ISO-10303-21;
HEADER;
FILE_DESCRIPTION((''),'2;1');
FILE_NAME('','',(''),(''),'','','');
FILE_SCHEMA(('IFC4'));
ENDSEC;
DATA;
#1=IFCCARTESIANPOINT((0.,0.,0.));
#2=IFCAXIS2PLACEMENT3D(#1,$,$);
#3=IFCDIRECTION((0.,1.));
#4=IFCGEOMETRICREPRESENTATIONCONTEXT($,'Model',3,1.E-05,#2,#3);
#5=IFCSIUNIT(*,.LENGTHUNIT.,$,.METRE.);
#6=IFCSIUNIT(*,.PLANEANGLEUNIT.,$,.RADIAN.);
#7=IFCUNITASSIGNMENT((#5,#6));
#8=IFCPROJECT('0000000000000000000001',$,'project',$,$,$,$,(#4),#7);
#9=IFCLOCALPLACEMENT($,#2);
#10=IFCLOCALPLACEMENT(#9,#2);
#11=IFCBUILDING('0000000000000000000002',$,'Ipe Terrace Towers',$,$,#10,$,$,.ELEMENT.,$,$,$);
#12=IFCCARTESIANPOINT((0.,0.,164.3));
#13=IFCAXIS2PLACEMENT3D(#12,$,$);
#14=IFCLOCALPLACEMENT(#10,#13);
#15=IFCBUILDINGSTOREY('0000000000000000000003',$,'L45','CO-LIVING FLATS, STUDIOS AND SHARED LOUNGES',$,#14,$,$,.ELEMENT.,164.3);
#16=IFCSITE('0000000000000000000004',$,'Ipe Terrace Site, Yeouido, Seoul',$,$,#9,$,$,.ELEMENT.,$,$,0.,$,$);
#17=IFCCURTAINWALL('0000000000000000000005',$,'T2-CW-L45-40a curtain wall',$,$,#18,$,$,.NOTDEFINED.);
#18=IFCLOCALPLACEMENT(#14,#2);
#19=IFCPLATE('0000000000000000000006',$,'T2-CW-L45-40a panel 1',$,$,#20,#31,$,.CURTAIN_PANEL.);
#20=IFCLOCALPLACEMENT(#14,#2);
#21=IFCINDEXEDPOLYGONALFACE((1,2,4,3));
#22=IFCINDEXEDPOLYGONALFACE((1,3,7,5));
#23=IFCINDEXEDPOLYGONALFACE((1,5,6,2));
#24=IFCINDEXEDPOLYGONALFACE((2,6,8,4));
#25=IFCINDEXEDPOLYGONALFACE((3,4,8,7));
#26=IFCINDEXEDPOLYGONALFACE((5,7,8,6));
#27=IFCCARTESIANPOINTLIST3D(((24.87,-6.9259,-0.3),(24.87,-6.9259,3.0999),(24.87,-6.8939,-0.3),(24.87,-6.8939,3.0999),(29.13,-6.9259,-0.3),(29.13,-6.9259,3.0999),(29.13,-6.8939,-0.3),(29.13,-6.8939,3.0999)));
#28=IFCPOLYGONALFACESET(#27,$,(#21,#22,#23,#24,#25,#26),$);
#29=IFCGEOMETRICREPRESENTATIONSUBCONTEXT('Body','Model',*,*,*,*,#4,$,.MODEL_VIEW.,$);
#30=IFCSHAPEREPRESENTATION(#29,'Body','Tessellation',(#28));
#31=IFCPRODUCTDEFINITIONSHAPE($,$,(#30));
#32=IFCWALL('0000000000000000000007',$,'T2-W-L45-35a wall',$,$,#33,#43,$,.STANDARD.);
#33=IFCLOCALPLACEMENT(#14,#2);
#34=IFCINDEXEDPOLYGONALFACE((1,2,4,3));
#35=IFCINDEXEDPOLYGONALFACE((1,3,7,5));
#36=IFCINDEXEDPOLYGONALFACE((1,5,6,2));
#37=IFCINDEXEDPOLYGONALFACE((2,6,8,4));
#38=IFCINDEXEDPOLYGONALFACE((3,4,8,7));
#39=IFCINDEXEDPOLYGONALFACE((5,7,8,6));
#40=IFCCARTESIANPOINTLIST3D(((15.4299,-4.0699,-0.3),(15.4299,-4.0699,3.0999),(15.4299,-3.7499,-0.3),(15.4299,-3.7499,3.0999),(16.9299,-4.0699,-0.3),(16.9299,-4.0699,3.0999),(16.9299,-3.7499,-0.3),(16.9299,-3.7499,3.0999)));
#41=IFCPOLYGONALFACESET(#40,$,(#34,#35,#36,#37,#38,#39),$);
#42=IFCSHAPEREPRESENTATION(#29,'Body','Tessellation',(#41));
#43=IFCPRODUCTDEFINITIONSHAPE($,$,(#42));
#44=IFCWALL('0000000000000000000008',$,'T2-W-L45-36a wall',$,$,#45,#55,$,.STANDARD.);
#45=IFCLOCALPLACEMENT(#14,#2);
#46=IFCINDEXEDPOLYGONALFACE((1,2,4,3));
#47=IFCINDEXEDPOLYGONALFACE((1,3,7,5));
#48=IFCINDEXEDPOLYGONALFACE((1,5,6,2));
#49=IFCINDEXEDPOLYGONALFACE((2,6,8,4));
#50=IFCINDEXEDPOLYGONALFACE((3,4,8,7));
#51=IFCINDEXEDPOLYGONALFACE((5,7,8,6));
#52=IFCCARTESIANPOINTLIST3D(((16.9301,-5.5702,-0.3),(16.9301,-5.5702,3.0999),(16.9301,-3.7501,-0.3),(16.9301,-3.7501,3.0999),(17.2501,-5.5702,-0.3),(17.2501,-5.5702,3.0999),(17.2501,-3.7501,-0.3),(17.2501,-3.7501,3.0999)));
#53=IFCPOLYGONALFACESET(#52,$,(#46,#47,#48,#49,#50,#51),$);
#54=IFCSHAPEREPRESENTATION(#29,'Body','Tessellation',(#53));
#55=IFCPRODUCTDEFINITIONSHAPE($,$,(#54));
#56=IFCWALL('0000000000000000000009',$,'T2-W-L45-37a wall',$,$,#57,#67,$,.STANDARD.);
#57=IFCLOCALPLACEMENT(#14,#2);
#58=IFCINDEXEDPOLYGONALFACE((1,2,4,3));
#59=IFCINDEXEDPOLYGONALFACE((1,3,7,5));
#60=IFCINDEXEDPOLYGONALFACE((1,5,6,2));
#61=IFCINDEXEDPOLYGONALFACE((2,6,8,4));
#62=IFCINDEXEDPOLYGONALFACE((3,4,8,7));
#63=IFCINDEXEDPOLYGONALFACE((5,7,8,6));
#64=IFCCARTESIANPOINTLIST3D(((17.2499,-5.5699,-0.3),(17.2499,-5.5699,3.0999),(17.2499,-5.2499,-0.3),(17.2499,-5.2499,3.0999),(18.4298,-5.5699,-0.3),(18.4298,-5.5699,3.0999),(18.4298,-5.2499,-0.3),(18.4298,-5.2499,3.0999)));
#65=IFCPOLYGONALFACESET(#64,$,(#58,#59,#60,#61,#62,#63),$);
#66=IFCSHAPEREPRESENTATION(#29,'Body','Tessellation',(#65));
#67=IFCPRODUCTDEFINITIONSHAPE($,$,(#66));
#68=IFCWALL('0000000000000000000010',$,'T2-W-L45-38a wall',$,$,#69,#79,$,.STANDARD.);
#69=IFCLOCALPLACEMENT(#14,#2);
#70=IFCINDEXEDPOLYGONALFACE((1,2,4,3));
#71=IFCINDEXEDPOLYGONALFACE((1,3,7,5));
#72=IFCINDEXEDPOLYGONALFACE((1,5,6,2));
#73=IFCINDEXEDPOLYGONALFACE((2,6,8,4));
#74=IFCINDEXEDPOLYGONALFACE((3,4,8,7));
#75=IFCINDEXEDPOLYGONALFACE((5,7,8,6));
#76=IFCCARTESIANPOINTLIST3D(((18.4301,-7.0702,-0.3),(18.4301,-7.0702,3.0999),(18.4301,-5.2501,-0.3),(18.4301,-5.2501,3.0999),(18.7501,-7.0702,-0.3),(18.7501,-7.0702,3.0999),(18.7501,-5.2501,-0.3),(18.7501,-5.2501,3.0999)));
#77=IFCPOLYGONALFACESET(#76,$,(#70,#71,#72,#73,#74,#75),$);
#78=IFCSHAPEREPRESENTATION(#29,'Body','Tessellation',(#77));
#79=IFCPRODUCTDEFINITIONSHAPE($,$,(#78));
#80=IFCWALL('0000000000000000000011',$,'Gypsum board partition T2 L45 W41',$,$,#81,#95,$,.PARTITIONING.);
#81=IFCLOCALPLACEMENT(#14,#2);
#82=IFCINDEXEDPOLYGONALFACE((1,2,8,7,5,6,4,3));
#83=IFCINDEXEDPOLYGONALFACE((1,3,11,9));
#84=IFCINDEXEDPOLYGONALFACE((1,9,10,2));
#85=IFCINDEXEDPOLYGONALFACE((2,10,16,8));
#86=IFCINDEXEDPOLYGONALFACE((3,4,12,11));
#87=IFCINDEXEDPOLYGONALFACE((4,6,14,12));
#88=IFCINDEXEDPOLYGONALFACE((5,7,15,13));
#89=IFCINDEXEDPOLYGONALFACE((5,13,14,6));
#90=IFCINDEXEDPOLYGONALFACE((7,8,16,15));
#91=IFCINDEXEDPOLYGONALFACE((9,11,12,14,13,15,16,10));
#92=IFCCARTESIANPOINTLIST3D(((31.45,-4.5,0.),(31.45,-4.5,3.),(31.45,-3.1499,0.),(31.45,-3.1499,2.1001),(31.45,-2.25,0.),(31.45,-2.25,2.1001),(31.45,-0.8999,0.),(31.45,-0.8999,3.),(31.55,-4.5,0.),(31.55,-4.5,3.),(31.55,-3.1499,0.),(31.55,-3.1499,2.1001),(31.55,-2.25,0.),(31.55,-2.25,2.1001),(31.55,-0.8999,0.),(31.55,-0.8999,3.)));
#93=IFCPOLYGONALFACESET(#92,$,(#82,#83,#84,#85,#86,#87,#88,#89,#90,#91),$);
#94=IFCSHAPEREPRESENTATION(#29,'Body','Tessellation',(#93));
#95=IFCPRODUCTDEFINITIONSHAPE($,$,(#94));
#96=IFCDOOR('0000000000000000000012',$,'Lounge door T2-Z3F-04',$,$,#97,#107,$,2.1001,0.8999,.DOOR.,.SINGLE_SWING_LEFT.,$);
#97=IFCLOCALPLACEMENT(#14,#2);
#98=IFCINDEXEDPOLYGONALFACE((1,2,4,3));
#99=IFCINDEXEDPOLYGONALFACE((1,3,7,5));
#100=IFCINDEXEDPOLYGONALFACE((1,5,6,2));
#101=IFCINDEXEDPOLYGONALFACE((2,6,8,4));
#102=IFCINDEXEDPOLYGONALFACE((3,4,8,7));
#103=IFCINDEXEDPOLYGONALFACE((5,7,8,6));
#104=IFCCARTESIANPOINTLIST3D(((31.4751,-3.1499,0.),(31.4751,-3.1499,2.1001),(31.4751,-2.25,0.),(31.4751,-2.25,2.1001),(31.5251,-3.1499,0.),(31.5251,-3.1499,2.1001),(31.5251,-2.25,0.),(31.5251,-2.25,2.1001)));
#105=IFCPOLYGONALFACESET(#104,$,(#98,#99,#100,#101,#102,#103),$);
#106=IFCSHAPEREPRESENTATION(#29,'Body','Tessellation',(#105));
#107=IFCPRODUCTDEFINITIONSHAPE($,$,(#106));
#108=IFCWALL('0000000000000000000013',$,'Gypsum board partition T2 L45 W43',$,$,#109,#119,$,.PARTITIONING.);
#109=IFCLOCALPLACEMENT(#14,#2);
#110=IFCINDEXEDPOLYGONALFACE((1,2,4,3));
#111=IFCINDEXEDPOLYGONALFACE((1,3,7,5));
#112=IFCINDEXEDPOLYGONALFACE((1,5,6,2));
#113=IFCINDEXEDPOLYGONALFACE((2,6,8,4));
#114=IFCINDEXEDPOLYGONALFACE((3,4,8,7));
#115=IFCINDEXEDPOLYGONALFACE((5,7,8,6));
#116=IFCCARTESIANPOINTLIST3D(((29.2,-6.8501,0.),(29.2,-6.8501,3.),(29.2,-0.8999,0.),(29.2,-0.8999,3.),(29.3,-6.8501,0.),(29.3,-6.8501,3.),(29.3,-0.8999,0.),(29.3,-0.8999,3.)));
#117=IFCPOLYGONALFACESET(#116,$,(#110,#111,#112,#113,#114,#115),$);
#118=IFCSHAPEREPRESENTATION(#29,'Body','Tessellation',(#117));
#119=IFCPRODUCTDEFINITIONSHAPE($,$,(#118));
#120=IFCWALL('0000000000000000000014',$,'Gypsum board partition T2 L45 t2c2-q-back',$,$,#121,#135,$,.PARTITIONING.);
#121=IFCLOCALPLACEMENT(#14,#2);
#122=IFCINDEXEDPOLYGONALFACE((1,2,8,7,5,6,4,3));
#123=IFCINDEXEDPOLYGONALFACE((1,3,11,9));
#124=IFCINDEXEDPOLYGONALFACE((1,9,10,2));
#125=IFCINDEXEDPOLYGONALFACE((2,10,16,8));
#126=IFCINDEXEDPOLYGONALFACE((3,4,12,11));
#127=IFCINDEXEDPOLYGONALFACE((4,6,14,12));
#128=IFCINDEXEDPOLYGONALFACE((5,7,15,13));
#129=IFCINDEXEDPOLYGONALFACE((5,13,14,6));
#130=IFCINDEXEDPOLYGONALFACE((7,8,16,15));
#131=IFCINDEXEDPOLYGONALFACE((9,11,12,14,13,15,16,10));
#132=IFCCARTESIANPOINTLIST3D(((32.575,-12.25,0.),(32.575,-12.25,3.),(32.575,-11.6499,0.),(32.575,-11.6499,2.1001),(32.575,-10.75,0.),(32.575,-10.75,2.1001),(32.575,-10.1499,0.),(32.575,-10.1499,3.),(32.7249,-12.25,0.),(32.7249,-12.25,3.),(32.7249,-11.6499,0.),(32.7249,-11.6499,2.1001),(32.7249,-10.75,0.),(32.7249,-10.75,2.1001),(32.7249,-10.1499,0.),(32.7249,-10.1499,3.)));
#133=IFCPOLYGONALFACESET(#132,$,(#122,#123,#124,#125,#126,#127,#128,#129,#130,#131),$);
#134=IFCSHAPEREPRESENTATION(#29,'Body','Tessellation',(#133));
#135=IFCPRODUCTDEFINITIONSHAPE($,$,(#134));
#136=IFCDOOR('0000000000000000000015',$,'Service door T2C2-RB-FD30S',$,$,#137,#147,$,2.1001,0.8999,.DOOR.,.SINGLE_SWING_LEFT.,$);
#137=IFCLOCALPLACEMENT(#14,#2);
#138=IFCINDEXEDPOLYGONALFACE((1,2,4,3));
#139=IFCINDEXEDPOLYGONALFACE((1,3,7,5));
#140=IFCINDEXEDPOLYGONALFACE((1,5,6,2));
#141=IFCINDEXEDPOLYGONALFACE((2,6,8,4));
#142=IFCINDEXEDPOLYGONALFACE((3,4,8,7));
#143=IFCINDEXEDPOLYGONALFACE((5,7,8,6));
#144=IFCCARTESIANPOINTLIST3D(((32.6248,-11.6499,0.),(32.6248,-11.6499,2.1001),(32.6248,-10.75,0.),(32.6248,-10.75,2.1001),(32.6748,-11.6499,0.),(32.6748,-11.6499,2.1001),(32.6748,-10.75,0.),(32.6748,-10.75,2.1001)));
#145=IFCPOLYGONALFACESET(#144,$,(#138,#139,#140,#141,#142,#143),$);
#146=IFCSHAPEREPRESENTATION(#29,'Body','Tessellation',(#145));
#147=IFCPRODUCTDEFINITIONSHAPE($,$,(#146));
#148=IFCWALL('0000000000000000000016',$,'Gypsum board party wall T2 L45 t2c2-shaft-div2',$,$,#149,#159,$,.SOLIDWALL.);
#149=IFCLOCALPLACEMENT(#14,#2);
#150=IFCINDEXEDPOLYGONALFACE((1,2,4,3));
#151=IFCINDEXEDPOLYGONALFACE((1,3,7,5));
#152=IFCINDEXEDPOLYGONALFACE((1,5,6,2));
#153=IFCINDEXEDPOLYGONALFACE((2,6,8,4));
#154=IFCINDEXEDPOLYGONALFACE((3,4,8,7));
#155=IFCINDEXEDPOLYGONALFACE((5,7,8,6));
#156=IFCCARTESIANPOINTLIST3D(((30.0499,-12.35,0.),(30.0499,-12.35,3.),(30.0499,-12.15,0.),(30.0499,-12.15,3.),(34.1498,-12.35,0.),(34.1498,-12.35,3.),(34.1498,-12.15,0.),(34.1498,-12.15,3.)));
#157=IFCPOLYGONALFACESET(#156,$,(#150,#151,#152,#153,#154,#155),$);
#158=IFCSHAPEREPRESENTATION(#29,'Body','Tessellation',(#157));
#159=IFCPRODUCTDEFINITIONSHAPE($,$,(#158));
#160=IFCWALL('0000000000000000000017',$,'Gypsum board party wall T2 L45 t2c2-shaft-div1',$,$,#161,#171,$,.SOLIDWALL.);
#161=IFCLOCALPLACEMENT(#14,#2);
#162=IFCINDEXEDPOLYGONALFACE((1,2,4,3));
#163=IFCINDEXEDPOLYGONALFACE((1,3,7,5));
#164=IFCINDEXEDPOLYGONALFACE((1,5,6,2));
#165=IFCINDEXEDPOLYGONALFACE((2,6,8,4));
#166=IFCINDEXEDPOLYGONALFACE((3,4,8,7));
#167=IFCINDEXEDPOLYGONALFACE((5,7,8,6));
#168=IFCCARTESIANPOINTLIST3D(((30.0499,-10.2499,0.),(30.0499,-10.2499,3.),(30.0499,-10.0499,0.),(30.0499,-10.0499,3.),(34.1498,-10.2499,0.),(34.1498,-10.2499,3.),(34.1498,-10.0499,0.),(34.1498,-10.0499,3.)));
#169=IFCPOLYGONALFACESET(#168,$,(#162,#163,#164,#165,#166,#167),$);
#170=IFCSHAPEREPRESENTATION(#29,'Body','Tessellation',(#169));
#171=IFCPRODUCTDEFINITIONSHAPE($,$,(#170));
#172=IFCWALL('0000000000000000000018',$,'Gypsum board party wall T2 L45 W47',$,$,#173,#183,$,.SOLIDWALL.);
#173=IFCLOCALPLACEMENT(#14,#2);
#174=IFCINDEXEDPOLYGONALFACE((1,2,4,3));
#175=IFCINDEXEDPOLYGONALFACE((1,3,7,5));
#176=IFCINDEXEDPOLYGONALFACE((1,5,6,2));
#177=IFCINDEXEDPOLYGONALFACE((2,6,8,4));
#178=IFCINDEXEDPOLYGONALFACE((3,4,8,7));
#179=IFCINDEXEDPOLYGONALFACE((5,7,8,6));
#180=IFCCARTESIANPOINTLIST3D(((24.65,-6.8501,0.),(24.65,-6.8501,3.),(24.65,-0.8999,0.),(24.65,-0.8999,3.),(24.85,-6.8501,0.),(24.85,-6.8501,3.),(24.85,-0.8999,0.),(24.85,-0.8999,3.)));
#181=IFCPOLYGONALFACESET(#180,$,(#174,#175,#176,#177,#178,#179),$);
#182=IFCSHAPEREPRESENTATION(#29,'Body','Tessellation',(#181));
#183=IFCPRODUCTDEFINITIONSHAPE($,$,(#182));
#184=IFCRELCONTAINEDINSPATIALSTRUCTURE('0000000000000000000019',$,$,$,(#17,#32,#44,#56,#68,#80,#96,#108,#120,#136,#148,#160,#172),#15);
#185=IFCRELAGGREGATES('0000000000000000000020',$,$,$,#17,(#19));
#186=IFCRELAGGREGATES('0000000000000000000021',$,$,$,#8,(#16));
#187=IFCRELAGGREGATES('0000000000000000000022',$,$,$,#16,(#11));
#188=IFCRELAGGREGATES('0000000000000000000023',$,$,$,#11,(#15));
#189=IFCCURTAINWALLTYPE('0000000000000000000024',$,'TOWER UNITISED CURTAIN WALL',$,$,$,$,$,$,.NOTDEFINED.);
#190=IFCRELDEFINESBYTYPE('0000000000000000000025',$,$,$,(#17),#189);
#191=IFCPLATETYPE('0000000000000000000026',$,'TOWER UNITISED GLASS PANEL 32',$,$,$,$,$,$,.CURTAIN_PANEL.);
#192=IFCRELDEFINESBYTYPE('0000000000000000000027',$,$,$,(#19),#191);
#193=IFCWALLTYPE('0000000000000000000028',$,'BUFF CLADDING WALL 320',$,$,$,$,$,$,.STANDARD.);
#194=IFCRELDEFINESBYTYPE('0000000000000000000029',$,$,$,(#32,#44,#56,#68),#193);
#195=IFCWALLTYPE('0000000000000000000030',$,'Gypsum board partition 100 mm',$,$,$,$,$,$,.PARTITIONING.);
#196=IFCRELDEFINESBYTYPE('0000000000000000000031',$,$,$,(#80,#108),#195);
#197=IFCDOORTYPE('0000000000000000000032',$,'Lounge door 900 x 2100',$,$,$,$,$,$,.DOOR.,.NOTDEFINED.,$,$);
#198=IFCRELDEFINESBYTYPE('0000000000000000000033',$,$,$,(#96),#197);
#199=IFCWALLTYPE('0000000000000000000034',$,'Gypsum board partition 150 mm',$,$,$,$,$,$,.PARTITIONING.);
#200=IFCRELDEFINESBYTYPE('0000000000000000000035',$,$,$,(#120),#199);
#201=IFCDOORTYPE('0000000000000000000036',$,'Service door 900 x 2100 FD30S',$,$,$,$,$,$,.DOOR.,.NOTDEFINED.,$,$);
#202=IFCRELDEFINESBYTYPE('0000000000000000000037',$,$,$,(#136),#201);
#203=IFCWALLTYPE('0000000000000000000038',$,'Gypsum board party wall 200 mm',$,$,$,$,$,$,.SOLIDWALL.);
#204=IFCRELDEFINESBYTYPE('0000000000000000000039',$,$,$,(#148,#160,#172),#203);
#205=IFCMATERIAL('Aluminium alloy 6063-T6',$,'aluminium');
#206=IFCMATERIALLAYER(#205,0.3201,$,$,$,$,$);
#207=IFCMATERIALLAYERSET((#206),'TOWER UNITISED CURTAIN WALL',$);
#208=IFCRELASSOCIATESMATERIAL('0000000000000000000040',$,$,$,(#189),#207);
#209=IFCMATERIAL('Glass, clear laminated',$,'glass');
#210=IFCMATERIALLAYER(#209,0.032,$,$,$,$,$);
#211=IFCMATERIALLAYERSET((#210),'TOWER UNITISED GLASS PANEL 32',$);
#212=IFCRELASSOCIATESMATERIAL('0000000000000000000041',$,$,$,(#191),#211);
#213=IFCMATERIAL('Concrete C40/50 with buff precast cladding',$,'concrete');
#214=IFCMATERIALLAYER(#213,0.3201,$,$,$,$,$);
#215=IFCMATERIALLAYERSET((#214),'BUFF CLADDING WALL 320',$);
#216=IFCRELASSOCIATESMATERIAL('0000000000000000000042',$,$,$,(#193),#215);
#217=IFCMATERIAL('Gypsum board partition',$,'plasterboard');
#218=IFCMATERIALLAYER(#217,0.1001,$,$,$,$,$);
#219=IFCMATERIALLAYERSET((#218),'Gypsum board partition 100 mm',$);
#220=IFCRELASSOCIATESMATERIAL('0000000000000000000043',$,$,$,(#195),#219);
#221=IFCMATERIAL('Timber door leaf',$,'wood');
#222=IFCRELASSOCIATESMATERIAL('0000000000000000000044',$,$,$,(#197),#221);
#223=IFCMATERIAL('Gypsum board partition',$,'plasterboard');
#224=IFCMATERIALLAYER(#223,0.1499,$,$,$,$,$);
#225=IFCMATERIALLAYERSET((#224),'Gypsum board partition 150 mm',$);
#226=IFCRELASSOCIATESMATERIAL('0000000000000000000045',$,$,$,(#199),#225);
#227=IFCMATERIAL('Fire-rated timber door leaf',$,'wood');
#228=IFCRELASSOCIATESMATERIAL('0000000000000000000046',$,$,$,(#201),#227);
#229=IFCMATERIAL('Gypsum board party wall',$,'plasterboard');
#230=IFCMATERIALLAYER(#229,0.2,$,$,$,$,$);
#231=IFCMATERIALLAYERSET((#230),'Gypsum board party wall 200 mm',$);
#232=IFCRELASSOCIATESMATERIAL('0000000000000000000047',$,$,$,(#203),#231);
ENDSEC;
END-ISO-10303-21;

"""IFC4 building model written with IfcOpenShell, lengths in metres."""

from ifc_helpers import new_model, si_unit, direction, frame, frame_2d, origin, origin_2d, place, context, subcontext, project, spatial, rectangle, extrude, material, layer, layer_set, type_object, element, fill, aggregate, save


model = new_model("IFC4")

# Units and contexts
model_context = context("Model", 3, precision=1e-05, world=origin(), true_north=direction((0.0, 1.0)))
body_context = subcontext(model_context, "Body", "Model", "MODEL_VIEW")
ifc_project = project(units=[si_unit("LENGTHUNIT", "METRE"), si_unit("PLANEANGLEUNIT", "RADIAN")], contexts=[model_context])

# Site, building, storey
site_placement = place(None, origin())
site = spatial("IfcSite", under=ifc_project, at=site_placement, Name="Ipe Terrace Site, Yeouido, Seoul", CompositionType="ELEMENT", RefElevation=0.0)
building_placement = place(site_placement, origin())
building = spatial("IfcBuilding", under=site, at=building_placement, Name="Ipe Terrace Towers", CompositionType="ELEMENT")
storey_placement = place(building_placement, frame((0.0, 0.0, 164.3)))
storey = spatial("IfcBuildingStorey", under=building, at=storey_placement, Name="L45", Description="CO-LIVING FLATS, STUDIOS AND SHARED LOUNGES", CompositionType="ELEMENT", Elevation=164.3)

# Shared definitions
ifc_material_1 = material(Name="Aluminium alloy 6063-T6", Category="aluminium")
ifc_layer_1 = layer(ifc_material_1, 0.3201)
ifc_layer_set_1 = layer_set([ifc_layer_1], Name="TOWER UNITISED CURTAIN WALL")
curtain_wall_type = type_object("IfcCurtainWallType", Name="TOWER UNITISED CURTAIN WALL", PredefinedType="NOTDEFINED", material=ifc_layer_set_1)

# Curtain wall
curtain_wall_1_placement = place(storey_placement, origin())
curtain_wall_1 = element("IfcCurtainWall", 1, at=curtain_wall_1_placement, inside=storey, type_object=curtain_wall_type, Name="T2-CW-L45-40a curtain wall", PredefinedType="NOTDEFINED")

# Plate
ifc_material_2 = material(Name="Glass, clear laminated", Category="glass")
ifc_layer_2 = layer(ifc_material_2, 0.032)
ifc_layer_set_2 = layer_set([ifc_layer_2], Name="TOWER UNITISED GLASS PANEL 32")
plate_type = type_object("IfcPlateType", Name="TOWER UNITISED GLASS PANEL 32", PredefinedType="CURTAIN_PANEL", material=ifc_layer_set_2)
plate_1_placement = place(storey_placement, frame((27.0, -6.9099, -0.3), z_axis=(0.0, 0.0, 1.0), x_axis=(1.0, 0.0, 0.0)))
plate_1 = element("IfcPlate", 2, at=plate_1_placement, type_object=plate_type, Name="T2-CW-L45-40a panel 1", PredefinedType="CURTAIN_PANEL", context=body_context, shape_type="SweptSolid", body=[
    extrude(rectangle(XDim=4.26, YDim=0.032, at=origin_2d()), origin(), (0.0, 0.0, 1.0), 3.3999),
])
aggregate(curtain_wall_1, [plate_1])

# Walls
ifc_material_3 = material(Name="Concrete C40/50 with buff precast cladding", Category="concrete")
ifc_layer_3 = layer(ifc_material_3, 0.3201)
ifc_layer_set_3 = layer_set([ifc_layer_3], Name="BUFF CLADDING WALL 320")
wall_type_1 = type_object("IfcWallType", Name="BUFF CLADDING WALL 320", PredefinedType="STANDARD", material=ifc_layer_set_3)
wall_1_placement = place(storey_placement, frame((15.4299, -3.9099, -0.3), z_axis=(0.0, 0.0, 1.0), x_axis=(1.0, 0.0, 0.0)))
element("IfcWall", 3, at=wall_1_placement, inside=storey, type_object=wall_type_1, Name="T2-W-L45-35a wall", PredefinedType="STANDARD", context=body_context, shape_type="SweptSolid", body=[
    extrude(rectangle(XDim=1.5, YDim=0.3201, at=frame_2d((0.75, 0.0))), origin(), (0.0, 0.0, 1.0), 3.3999),
])
wall_2_placement = place(storey_placement, frame((17.0901, -3.75, -0.3), z_axis=(0.0, 0.0, 1.0), x_axis=(0.0, -1.0, 0.0)))
element("IfcWall", 4, at=wall_2_placement, inside=storey, type_object=wall_type_1, Name="T2-W-L45-36a wall", PredefinedType="STANDARD", context=body_context, shape_type="SweptSolid", body=[
    extrude(rectangle(XDim=1.8201, YDim=0.3201, at=frame_2d((0.9102, 0.0))), origin(), (0.0, 0.0, 1.0), 3.3999),
])
wall_3_placement = place(storey_placement, frame((17.25, -5.4099, -0.3), z_axis=(0.0, 0.0, 1.0), x_axis=(1.0, 0.0, 0.0)))
element("IfcWall", 5, at=wall_3_placement, inside=storey, type_object=wall_type_1, Name="T2-W-L45-37a wall", PredefinedType="STANDARD", context=body_context, shape_type="SweptSolid", body=[
    extrude(rectangle(XDim=1.1799, YDim=0.3201, at=frame_2d((0.5898, 0.0))), origin(), (0.0, 0.0, 1.0), 3.3999),
])
wall_4_placement = place(storey_placement, frame((18.5901, -5.25, -0.3), z_axis=(0.0, 0.0, 1.0), x_axis=(0.0, -1.0, 0.0)))
element("IfcWall", 6, at=wall_4_placement, inside=storey, type_object=wall_type_1, Name="T2-W-L45-38a wall", PredefinedType="STANDARD", context=body_context, shape_type="SweptSolid", body=[
    extrude(rectangle(XDim=1.8201, YDim=0.3201, at=frame_2d((0.9102, 0.0))), origin(), (0.0, 0.0, 1.0), 3.3999),
])

# Wall, opening, door
ifc_material_4 = material(Name="Gypsum board partition", Category="plasterboard")
ifc_layer_4 = layer(ifc_material_4, 0.1001)
ifc_layer_set_4 = layer_set([ifc_layer_4], Name="Gypsum board partition 100 mm")
wall_type_2 = type_object("IfcWallType", Name="Gypsum board partition 100 mm", PredefinedType="PARTITIONING", material=ifc_layer_set_4)
wall_5_placement = place(storey_placement, frame((31.5, -4.5, 0.0), z_axis=(0.0, 0.0, 1.0), x_axis=(0.0, 1.0, 0.0)))
wall_5 = element("IfcWall", 7, at=wall_5_placement, inside=storey, type_object=wall_type_2, Name="Gypsum board partition T2 L45 W41", PredefinedType="PARTITIONING", context=body_context, shape_type="SweptSolid", body=[
    extrude(rectangle(XDim=3.6001, YDim=0.1001, at=frame_2d((1.8, 0.0))), origin(), (0.0, 0.0, 1.0), 3.0),
])
opening_1_placement = place(wall_5_placement, frame((1.3501, 0.0, 0.0)))
opening_1 = element("IfcOpeningElement", 8, at=opening_1_placement, cuts=wall_5, PredefinedType="OPENING", context=body_context, shape_type="SweptSolid", body=[
    extrude(rectangle(XDim=0.8999, YDim=2.1001, at=frame_2d((0.45, 1.05))), frame((0.0, 0.0601, 0.0), z_axis=(0.0, -1.0, 0.0), x_axis=(1.0, 0.0, 0.0)), (0.0, 0.0, 1.0), 0.1201),
])
ifc_material_5 = material(Name="Timber door leaf", Category="wood")
door_type_1 = type_object("IfcDoorType", Name="Lounge door 900 x 2100", OperationType="NOTDEFINED", PredefinedType="DOOR", material=ifc_material_5)
door_1_placement = place(opening_1_placement, origin())
door_1 = element("IfcDoor", 9, at=door_1_placement, inside=storey, type_object=door_type_1, Name="Lounge door T2-Z3F-04", OperationType="SINGLE_SWING_LEFT", OverallHeight=2.1001, OverallWidth=0.8999, PredefinedType="DOOR", context=body_context, shape_type="SweptSolid", body=[
    extrude(rectangle(XDim=0.8999, YDim=2.1001, at=frame_2d((0.45, 1.05))), frame((0.0, 0.0249, 0.0), z_axis=(0.0, -1.0, 0.0), x_axis=(1.0, 0.0, 0.0)), (0.0, 0.0, 1.0), 0.05),
])
fill(opening_1, door_1)

# Wall
wall_6_placement = place(storey_placement, frame((29.25, -6.8501, 0.0), z_axis=(0.0, 0.0, 1.0), x_axis=(0.0, 1.0, 0.0)))
element("IfcWall", 10, at=wall_6_placement, inside=storey, type_object=wall_type_2, Name="Gypsum board partition T2 L45 W43", PredefinedType="PARTITIONING", context=body_context, shape_type="SweptSolid", body=[
    extrude(rectangle(XDim=5.9502, YDim=0.1001, at=frame_2d((2.9751, 0.0))), origin(), (0.0, 0.0, 1.0), 3.0),
])

# Wall, opening, door
ifc_material_6 = material(Name="Gypsum board partition", Category="plasterboard")
ifc_layer_5 = layer(ifc_material_6, 0.1499)
ifc_layer_set_5 = layer_set([ifc_layer_5], Name="Gypsum board partition 150 mm")
wall_type_3 = type_object("IfcWallType", Name="Gypsum board partition 150 mm", PredefinedType="PARTITIONING", material=ifc_layer_set_5)
wall_7_placement = place(storey_placement, frame((32.6499, -10.1499, 0.0), z_axis=(0.0, 0.0, 1.0), x_axis=(0.0, -1.0, 0.0)))
wall_7 = element("IfcWall", 11, at=wall_7_placement, inside=storey, type_object=wall_type_3, Name="Gypsum board partition T2 L45 t2c2-q-back", PredefinedType="PARTITIONING", context=body_context, shape_type="SweptSolid", body=[
    extrude(rectangle(XDim=2.1001, YDim=0.1499, at=frame_2d((1.05, 0.0))), origin(), (0.0, 0.0, 1.0), 3.0),
])
opening_2_placement = place(wall_7_placement, frame((0.6001, 0.0, 0.0)))
opening_2 = element("IfcOpeningElement", 12, at=opening_2_placement, cuts=wall_7, PredefinedType="OPENING", context=body_context, shape_type="SweptSolid", body=[
    extrude(rectangle(XDim=0.8999, YDim=2.1001, at=frame_2d((0.45, 1.05))), frame((0.0, 0.085, 0.0), z_axis=(0.0, -1.0, 0.0), x_axis=(1.0, 0.0, 0.0)), (0.0, 0.0, 1.0), 0.1699),
])
ifc_material_7 = material(Name="Fire-rated timber door leaf", Category="wood")
door_type_2 = type_object("IfcDoorType", Name="Service door 900 x 2100 FD30S", OperationType="NOTDEFINED", PredefinedType="DOOR", material=ifc_material_7)
door_2_placement = place(opening_2_placement, origin())
door_2 = element("IfcDoor", 13, at=door_2_placement, inside=storey, type_object=door_type_2, Name="Service door T2C2-RB-FD30S", OperationType="SINGLE_SWING_LEFT", OverallHeight=2.1001, OverallWidth=0.8999, PredefinedType="DOOR", context=body_context, shape_type="SweptSolid", body=[
    extrude(rectangle(XDim=0.8999, YDim=2.1001, at=frame_2d((0.45, 1.05))), frame((0.0, 0.0249, 0.0), z_axis=(0.0, -1.0, 0.0), x_axis=(1.0, 0.0, 0.0)), (0.0, 0.0, 1.0), 0.05),
])
fill(opening_2, door_2)

# Walls
ifc_material_8 = material(Name="Gypsum board party wall", Category="plasterboard")
ifc_layer_6 = layer(ifc_material_8, 0.2)
ifc_layer_set_6 = layer_set([ifc_layer_6], Name="Gypsum board party wall 200 mm")
wall_type_4 = type_object("IfcWallType", Name="Gypsum board party wall 200 mm", PredefinedType="SOLIDWALL", material=ifc_layer_set_6)
for number, where, z_axis, x_axis, name in (
    (14, (30.05, -12.25, 0.0), (0.0, 0.0, 1.0), (1.0, 0.0, 0.0), "Gypsum board party wall T2 L45 t2c2-shaft-div2"),
    (15, (30.05, -10.1499, 0.0), (0.0, 0.0, 1.0), (1.0, 0.0, 0.0), "Gypsum board party wall T2 L45 t2c2-shaft-div1"),
):
    element("IfcWall", number, at=place(storey_placement, frame(where, z_axis=z_axis, x_axis=x_axis)), inside=storey, type_object=wall_type_4, Name=name, PredefinedType="SOLIDWALL", context=body_context, shape_type="SweptSolid", body=[
        extrude(rectangle(XDim=4.0999, YDim=0.2, at=frame_2d((2.0498, 0.0))), origin(), (0.0, 0.0, 1.0), 3.0),
    ])
wall_8_placement = place(storey_placement, frame((24.75, -6.8501, 0.0), z_axis=(0.0, 0.0, 1.0), x_axis=(0.0, 1.0, 0.0)))
element("IfcWall", 16, at=wall_8_placement, inside=storey, type_object=wall_type_4, Name="Gypsum board party wall T2 L45 W47", PredefinedType="SOLIDWALL", context=body_context, shape_type="SweptSolid", body=[
    extrude(rectangle(XDim=5.9502, YDim=0.2, at=frame_2d((2.9751, 0.0))), origin(), (0.0, 0.0, 1.0), 3.0),
])

save(model, "model.ifc")
